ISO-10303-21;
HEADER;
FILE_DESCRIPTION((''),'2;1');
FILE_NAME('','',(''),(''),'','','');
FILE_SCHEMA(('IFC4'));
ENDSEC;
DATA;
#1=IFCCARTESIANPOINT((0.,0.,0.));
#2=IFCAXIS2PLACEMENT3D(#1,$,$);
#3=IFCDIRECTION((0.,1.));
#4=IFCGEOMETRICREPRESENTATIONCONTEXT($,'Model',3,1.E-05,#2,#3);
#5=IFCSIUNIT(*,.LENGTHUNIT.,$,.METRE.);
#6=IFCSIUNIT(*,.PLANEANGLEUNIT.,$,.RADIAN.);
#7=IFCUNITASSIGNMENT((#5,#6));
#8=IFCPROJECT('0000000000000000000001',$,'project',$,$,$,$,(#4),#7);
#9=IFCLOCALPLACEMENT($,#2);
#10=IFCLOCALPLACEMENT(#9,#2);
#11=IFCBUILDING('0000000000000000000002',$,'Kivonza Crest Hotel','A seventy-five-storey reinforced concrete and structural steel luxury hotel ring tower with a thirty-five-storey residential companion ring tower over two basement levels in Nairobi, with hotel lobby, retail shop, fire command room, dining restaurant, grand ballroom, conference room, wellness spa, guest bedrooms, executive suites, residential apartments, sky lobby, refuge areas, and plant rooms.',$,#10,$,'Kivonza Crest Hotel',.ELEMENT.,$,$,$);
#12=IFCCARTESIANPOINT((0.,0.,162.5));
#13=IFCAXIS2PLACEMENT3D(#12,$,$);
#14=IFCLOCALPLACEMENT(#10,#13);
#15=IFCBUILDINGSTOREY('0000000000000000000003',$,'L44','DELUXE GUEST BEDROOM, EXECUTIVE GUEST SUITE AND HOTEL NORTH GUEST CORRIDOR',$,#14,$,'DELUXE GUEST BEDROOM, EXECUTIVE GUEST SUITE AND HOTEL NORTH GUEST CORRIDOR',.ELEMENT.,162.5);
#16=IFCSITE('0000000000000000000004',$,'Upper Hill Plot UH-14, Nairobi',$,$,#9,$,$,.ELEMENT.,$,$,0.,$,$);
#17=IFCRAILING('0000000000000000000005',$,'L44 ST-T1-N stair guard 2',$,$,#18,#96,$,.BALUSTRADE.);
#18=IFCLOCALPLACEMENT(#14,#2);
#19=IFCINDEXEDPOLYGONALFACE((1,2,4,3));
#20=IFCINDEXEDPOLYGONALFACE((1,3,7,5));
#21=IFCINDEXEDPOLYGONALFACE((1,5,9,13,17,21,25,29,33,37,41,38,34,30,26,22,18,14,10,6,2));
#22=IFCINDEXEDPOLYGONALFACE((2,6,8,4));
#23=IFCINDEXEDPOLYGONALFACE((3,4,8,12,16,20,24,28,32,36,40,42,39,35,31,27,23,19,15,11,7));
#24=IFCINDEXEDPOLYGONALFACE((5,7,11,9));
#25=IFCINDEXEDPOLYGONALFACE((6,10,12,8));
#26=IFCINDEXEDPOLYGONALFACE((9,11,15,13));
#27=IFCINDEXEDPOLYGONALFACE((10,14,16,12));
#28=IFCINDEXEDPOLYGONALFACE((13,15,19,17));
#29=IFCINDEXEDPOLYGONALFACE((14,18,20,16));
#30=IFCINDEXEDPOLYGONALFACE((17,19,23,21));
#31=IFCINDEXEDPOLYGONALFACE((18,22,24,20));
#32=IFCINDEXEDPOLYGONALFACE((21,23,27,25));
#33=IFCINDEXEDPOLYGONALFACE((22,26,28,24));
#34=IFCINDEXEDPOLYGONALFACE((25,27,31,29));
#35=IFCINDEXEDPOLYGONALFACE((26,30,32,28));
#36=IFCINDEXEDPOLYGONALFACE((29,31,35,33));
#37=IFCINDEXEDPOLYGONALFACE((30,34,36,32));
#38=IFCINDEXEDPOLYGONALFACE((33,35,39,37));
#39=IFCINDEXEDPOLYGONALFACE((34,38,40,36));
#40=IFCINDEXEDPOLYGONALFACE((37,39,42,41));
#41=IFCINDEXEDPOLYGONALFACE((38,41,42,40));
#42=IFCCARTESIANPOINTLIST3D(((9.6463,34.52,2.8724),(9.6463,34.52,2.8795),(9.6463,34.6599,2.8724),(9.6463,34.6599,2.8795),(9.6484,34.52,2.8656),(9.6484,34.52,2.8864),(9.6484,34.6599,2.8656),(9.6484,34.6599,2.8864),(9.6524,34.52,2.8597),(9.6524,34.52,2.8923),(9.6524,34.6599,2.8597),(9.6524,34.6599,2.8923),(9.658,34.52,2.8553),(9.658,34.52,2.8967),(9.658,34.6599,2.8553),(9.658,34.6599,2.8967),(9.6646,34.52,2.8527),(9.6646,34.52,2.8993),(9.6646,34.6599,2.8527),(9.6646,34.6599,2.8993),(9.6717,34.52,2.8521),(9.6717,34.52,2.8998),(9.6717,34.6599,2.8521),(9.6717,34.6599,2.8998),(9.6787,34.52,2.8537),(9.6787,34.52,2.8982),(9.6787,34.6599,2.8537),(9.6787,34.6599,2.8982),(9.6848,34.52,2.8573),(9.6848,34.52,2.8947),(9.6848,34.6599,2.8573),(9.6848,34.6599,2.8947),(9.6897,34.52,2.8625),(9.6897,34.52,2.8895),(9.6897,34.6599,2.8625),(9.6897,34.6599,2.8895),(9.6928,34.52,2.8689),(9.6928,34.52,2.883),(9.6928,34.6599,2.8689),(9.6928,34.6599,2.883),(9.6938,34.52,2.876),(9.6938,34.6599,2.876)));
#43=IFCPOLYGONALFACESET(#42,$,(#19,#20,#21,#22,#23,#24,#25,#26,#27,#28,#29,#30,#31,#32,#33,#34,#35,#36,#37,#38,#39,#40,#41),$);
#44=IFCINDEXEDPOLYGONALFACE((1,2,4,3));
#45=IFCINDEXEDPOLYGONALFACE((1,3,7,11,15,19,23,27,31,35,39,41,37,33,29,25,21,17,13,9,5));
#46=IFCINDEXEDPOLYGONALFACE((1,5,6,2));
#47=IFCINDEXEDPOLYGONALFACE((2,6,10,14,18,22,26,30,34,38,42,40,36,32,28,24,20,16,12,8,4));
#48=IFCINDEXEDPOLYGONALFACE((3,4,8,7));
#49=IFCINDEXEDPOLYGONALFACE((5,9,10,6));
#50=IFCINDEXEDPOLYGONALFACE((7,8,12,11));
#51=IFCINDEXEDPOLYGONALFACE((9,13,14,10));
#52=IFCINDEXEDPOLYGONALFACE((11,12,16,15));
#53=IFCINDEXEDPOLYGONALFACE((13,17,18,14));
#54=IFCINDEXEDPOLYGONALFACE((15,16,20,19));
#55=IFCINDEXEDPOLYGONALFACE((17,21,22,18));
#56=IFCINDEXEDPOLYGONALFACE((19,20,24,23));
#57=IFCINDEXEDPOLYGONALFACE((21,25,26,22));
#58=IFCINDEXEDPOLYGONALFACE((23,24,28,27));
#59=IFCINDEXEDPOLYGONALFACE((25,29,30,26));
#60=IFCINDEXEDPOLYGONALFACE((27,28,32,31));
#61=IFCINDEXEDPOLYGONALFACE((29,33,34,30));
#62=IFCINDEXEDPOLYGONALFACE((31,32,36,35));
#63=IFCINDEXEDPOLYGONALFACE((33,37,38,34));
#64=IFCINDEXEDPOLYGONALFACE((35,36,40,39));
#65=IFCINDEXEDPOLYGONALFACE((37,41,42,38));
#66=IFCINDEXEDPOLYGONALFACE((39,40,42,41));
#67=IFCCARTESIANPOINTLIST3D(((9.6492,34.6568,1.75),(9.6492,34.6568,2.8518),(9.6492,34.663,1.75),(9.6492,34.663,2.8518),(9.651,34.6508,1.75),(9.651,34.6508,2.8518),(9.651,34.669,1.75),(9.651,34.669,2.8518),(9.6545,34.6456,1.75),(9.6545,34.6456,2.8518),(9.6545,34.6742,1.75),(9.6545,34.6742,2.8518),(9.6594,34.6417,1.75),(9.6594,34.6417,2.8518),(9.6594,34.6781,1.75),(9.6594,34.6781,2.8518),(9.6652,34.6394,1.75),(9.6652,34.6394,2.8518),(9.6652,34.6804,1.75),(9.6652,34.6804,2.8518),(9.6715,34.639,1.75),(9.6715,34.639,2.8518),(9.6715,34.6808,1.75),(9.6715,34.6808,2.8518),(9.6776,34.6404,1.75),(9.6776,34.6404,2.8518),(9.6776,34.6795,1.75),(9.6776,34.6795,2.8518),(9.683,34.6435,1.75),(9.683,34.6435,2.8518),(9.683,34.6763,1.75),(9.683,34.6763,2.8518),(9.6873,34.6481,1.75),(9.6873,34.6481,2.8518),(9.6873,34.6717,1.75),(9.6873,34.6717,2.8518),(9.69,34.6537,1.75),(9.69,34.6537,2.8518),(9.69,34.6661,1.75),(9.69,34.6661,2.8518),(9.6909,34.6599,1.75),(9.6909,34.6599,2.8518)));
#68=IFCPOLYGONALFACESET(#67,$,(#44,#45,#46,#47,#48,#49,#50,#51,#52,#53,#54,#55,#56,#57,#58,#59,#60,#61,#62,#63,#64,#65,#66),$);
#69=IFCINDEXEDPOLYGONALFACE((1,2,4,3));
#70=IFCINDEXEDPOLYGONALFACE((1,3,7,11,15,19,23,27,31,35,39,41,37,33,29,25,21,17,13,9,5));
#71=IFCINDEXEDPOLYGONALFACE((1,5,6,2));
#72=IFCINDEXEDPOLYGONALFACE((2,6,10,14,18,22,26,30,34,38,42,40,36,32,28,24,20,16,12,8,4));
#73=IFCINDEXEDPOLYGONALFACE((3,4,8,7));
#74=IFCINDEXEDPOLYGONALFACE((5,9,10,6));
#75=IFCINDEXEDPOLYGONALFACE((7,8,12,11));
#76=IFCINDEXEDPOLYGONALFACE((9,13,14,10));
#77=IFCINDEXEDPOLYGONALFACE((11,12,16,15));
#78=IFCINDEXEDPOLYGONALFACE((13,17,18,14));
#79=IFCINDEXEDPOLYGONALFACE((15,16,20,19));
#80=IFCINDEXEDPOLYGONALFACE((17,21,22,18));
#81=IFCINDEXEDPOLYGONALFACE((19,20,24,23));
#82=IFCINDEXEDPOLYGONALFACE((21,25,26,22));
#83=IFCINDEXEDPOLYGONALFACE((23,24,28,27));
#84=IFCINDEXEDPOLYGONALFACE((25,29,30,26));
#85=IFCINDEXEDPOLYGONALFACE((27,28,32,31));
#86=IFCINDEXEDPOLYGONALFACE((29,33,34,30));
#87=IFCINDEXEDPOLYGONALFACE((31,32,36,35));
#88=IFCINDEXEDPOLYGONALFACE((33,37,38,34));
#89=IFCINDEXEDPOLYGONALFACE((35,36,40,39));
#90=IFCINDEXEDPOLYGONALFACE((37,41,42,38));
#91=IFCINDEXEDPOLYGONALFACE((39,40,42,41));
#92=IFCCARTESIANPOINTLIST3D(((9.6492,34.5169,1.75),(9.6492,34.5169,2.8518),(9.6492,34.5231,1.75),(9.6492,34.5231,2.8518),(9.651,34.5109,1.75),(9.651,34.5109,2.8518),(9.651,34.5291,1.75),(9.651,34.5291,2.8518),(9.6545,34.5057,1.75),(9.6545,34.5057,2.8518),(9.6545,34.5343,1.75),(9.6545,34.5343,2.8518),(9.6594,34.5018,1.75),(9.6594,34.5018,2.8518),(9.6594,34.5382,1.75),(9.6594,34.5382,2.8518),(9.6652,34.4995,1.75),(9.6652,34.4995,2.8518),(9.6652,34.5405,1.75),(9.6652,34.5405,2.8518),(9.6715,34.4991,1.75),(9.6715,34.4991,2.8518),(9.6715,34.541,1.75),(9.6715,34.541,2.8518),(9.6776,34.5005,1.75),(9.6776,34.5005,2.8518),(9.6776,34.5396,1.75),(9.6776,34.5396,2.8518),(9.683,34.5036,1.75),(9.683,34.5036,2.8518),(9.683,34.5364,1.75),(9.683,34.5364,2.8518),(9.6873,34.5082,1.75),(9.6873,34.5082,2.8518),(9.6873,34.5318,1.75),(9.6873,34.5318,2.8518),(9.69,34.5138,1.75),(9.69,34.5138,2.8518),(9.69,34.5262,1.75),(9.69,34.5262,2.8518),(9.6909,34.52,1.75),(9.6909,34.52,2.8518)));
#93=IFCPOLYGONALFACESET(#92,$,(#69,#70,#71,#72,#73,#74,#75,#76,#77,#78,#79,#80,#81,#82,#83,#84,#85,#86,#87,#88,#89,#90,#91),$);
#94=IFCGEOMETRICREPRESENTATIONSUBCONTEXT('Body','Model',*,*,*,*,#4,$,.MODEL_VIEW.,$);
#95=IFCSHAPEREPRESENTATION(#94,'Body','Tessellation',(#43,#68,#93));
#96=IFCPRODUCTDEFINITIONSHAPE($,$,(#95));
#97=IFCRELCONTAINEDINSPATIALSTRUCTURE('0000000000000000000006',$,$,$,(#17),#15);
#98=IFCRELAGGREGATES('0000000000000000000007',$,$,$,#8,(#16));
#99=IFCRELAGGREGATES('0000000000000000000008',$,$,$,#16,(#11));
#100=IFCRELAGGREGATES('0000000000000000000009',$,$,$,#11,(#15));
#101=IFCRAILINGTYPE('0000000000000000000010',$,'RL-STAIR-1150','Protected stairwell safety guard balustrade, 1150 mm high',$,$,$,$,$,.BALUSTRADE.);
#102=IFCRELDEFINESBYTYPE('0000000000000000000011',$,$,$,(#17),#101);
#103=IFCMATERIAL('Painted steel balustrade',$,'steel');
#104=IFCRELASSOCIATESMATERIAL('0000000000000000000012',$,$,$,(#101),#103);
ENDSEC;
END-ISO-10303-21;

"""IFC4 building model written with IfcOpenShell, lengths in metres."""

from ifc_helpers import new_model, si_unit, direction, frame, origin, origin_2d, place, context, subcontext, project, spatial, circle, extrude, material, type_object, element, save


model = new_model("IFC4")

# Units and contexts
model_context = context("Model", 3, precision=1e-05, world=origin(), true_north=direction((0.0, 1.0)))
body_context = subcontext(model_context, "Body", "Model", "MODEL_VIEW")
ifc_project = project(units=[si_unit("LENGTHUNIT", "METRE"), si_unit("PLANEANGLEUNIT", "RADIAN")], contexts=[model_context])

# Site, building, storey
site_placement = place(None, origin())
site = spatial("IfcSite", under=ifc_project, at=site_placement, Name="Upper Hill Plot UH-14, Nairobi", CompositionType="ELEMENT", RefElevation=0.0)
building_placement = place(site_placement, origin())
building = spatial("IfcBuilding", under=site, at=building_placement, Name="Kivonza Crest Hotel", Description="A seventy-five-storey reinforced concrete and structural steel luxury hotel ring tower with a thirty-five-storey residential companion ring tower over two basement levels in Nairobi, with hotel lobby, retail shop, fire command room, dining restaurant, grand ballroom, conference room, wellness spa, guest bedrooms, executive suites, residential apartments, sky lobby, refuge areas, and plant rooms.", LongName="Kivonza Crest Hotel", CompositionType="ELEMENT")
storey_placement = place(building_placement, frame((0.0, 0.0, 162.5)))
storey = spatial("IfcBuildingStorey", under=building, at=storey_placement, Name="L44", Description="DELUXE GUEST BEDROOM, EXECUTIVE GUEST SUITE AND HOTEL NORTH GUEST CORRIDOR", LongName="DELUXE GUEST BEDROOM, EXECUTIVE GUEST SUITE AND HOTEL NORTH GUEST CORRIDOR", CompositionType="ELEMENT", Elevation=162.5)

# Railing
ifc_material_1 = material(Name="Painted steel balustrade", Category="steel")
railing_type_1 = type_object("IfcRailingType", Name="RL-STAIR-1150", Description="Protected stairwell safety guard balustrade, 1150 mm high", PredefinedType="BALUSTRADE", material=ifc_material_1)
railing_1_placement = place(storey_placement, frame((9.6699, 34.6599, 1.75)))
element("IfcRailing", 1, at=railing_1_placement, inside=storey, type_object=railing_type_1, Name="L44 ST-T1-N stair guard 2", PredefinedType="BALUSTRADE", context=body_context, shape_type="SweptSolid", body=[
    extrude(circle(Radius=0.0239, at=origin_2d()), frame((0.0, 0.0, 1.126), z_axis=(0.0, -1.0, 0.0), x_axis=(1.0, 0.0, 0.0)), (0.0, 0.0, 1.0), 0.1399),
    extrude(circle(Radius=0.021, at=origin_2d()), origin(), (0.0, 0.0, 1.0), 1.1018),
    extrude(circle(Radius=0.021, at=origin_2d()), frame((0.0, -0.1399, 0.0)), (0.0, 0.0, 1.0), 1.1018),
])

save(model, "model.ifc")
